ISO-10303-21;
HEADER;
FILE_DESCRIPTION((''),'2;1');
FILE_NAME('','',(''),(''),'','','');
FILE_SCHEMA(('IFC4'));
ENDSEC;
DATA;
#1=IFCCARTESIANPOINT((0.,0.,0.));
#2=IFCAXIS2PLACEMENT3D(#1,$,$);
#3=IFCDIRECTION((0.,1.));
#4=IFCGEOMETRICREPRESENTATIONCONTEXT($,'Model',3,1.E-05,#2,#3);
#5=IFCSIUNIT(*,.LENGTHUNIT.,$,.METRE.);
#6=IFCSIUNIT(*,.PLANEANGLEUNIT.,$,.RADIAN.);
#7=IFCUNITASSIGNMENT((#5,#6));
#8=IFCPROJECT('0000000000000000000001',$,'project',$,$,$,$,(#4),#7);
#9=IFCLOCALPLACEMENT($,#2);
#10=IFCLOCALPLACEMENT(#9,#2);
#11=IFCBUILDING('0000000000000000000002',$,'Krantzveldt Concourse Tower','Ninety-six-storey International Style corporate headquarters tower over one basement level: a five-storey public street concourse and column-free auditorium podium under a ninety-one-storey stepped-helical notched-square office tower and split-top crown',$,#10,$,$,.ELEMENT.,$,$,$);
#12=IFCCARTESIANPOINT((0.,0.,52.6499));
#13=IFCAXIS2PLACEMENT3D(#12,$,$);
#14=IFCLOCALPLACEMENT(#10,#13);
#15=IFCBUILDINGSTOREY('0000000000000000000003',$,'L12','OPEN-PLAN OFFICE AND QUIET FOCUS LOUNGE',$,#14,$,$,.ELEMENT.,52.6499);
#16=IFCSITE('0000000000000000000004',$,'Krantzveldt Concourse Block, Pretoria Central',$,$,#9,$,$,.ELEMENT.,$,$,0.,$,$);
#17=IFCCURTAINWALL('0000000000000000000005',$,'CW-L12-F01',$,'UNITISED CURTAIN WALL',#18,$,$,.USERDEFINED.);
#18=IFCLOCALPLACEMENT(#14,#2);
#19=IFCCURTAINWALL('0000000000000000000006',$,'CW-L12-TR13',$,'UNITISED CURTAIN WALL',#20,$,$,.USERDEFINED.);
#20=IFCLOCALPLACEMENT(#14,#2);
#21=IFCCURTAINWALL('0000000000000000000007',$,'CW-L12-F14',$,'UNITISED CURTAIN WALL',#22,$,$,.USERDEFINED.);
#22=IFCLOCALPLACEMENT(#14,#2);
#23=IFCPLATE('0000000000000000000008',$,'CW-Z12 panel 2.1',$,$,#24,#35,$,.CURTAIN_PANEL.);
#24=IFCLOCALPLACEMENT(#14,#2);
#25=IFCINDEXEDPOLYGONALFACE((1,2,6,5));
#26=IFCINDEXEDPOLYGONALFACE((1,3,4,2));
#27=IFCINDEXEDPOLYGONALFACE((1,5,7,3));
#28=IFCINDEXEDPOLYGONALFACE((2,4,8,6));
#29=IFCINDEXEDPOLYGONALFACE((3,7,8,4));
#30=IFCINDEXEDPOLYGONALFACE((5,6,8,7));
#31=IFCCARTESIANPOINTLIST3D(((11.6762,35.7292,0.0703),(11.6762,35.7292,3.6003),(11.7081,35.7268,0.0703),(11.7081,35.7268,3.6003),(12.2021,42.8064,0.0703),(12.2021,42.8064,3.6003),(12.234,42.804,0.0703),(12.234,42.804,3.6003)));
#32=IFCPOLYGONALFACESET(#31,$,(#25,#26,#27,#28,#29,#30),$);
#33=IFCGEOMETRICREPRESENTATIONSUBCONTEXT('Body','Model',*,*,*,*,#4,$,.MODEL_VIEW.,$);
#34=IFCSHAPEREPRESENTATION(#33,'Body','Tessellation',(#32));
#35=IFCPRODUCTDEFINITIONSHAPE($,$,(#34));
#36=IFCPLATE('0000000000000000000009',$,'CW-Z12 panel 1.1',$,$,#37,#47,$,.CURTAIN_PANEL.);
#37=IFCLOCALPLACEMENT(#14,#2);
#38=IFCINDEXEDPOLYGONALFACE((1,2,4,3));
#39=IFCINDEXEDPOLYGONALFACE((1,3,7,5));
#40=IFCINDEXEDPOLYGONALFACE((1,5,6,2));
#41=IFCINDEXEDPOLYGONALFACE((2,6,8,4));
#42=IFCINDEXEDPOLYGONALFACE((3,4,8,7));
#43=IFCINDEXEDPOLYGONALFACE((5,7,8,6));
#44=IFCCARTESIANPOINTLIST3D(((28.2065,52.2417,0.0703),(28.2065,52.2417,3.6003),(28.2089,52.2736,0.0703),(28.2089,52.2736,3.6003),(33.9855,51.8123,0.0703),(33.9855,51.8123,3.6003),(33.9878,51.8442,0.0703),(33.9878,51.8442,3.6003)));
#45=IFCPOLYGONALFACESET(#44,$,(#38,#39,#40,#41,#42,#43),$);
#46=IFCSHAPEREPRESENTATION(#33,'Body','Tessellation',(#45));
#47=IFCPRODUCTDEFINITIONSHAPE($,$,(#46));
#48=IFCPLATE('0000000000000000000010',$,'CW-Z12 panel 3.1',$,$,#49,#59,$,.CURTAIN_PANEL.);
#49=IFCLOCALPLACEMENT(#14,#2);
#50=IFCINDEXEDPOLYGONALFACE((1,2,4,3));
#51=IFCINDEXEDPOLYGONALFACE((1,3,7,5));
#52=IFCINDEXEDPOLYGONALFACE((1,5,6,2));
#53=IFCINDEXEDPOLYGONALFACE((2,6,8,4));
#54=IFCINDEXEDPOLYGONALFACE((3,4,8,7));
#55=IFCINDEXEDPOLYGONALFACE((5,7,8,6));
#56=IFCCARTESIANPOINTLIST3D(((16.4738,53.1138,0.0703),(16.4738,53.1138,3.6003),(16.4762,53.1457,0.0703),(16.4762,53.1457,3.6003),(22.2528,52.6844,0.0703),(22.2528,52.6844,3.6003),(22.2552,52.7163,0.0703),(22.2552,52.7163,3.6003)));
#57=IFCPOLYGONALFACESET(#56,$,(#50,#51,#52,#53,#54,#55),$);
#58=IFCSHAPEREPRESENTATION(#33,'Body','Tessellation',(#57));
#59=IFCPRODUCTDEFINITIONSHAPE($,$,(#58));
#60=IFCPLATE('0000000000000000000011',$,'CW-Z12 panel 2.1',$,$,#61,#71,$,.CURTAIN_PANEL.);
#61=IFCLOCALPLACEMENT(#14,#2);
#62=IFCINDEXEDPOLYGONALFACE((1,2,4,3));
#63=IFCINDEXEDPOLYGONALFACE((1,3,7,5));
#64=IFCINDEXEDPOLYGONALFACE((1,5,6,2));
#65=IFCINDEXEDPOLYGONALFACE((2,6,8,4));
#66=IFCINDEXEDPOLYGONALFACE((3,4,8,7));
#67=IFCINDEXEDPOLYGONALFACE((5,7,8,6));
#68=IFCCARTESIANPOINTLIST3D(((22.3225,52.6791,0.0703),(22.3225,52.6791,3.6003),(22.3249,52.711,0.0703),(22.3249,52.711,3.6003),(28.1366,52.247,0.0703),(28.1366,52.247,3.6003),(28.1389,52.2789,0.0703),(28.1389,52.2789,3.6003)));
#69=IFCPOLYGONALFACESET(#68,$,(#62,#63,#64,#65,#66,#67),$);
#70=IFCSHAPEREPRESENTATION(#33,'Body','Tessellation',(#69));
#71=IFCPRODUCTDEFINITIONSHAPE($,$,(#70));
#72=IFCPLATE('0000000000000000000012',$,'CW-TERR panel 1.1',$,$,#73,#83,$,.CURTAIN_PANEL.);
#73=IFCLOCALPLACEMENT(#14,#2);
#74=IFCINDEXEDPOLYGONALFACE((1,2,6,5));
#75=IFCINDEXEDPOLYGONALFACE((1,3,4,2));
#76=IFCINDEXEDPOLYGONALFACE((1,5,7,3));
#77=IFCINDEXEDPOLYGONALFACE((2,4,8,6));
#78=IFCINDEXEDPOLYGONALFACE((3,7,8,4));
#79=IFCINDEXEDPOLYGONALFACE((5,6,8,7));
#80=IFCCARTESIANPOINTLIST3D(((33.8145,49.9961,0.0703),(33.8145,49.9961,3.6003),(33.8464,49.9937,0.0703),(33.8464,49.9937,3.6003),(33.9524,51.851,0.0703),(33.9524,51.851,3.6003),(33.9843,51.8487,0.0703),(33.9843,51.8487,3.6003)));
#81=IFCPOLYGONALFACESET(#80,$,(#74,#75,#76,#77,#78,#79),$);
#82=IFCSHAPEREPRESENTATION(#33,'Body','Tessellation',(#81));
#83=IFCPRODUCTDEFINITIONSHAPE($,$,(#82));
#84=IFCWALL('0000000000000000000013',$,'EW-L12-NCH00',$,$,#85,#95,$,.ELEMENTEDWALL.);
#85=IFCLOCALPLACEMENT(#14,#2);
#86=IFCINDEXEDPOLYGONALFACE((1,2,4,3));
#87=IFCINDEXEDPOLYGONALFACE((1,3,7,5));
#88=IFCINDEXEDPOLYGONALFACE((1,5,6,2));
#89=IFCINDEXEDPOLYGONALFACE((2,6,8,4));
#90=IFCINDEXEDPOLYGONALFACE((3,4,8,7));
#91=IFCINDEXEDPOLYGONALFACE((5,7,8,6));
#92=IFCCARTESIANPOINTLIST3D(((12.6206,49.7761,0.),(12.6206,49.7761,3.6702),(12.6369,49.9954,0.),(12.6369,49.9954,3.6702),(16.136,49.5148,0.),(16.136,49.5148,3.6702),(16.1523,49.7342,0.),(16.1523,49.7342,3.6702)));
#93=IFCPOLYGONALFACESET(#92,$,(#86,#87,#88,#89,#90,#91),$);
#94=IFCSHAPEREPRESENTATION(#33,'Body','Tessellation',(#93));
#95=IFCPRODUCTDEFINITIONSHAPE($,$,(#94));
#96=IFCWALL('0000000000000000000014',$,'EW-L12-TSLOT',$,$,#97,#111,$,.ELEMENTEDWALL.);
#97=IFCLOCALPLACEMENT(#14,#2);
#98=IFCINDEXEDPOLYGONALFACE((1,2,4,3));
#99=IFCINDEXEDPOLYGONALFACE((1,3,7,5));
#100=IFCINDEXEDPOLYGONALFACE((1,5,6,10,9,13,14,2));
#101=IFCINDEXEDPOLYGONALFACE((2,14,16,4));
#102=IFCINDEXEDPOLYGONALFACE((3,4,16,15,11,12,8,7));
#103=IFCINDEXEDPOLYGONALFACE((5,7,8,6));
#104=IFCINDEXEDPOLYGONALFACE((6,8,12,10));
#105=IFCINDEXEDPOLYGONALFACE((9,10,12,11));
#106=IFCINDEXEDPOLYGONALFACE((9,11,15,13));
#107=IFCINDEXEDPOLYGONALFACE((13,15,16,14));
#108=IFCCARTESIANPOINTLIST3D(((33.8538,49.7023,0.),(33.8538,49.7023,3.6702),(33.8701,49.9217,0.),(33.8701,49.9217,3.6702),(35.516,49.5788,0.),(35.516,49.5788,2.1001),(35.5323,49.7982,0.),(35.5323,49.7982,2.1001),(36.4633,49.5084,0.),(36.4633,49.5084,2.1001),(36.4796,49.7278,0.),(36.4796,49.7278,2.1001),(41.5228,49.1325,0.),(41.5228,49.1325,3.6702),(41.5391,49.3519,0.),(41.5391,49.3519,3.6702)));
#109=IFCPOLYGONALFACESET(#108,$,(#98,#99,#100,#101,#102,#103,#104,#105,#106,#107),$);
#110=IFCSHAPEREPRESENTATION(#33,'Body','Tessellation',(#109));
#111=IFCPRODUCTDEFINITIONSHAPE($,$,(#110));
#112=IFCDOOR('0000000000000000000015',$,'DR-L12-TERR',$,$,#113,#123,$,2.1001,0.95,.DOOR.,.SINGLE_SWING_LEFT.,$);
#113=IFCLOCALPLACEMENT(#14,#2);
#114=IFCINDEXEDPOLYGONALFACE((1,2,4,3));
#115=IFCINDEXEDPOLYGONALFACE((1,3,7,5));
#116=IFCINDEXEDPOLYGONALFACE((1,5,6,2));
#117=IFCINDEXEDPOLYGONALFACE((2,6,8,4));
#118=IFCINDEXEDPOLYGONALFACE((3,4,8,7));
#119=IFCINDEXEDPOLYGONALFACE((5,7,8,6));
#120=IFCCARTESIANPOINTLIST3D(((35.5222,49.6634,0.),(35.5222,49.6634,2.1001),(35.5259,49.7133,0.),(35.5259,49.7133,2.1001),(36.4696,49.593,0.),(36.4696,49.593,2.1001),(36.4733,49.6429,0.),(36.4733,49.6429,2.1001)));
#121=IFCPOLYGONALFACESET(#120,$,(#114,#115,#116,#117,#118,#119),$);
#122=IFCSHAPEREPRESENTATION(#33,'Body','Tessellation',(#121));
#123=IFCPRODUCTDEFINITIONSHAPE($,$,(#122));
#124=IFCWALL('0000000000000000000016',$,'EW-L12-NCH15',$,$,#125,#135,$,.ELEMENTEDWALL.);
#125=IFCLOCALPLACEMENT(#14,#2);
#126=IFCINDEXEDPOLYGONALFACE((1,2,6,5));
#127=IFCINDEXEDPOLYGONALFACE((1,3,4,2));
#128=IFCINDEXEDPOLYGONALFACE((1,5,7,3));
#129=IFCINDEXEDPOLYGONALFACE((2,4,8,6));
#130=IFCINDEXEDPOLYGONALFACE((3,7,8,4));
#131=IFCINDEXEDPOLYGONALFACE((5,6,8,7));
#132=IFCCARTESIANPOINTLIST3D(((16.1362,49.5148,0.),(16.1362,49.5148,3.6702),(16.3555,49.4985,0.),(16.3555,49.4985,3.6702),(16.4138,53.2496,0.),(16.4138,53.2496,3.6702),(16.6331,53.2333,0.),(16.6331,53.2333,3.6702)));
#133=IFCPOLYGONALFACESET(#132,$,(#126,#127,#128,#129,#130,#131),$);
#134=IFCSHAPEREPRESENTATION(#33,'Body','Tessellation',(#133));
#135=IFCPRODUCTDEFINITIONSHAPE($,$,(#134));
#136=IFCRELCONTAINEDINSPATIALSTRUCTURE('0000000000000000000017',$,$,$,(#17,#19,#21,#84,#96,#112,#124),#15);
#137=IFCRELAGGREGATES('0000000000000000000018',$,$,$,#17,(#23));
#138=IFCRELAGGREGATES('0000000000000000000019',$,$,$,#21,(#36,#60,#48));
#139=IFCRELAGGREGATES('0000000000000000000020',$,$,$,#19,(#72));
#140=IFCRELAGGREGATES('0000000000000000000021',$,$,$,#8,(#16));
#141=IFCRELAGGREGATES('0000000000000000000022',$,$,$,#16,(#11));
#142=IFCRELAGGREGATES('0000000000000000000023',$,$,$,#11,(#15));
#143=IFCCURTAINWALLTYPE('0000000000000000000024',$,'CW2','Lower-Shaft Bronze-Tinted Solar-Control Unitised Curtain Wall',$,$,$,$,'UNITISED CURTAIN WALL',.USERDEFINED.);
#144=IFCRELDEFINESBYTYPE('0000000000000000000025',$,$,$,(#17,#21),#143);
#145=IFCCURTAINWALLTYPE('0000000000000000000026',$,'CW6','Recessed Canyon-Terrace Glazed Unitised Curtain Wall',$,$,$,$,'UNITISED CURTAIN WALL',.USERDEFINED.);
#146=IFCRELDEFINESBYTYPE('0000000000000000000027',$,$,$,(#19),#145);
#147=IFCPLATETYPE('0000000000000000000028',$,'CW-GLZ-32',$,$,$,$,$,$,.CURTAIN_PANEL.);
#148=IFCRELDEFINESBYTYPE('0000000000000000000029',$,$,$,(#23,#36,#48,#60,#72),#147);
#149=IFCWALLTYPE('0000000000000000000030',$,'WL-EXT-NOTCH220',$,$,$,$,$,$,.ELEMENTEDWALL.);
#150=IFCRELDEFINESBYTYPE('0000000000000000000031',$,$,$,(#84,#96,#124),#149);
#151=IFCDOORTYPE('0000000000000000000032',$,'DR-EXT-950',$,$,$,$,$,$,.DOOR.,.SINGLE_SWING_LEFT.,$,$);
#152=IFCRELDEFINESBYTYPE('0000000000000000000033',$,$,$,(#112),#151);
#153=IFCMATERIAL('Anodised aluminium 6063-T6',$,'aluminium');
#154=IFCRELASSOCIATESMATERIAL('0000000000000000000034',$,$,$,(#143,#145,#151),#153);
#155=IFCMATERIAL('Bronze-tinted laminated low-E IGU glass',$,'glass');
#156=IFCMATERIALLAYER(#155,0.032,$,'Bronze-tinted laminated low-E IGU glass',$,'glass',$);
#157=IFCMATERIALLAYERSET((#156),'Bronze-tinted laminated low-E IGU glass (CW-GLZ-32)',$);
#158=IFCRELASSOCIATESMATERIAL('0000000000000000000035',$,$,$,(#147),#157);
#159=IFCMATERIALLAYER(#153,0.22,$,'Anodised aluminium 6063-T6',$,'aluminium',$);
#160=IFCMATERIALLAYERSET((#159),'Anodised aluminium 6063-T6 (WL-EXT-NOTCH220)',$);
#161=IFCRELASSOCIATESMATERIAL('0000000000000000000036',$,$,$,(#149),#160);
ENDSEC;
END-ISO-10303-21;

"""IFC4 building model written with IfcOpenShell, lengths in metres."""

from ifc_helpers import new_model, si_unit, direction, frame, frame_2d, origin, origin_2d, place, context, subcontext, project, spatial, rectangle, extrude, source, transform, mapped, material, layer, layer_set, type_object, element, fill, aggregate, save


model = new_model("IFC4")

# Units and contexts
model_context = context("Model", 3, precision=1e-05, world=origin(), true_north=direction((0.0, 1.0)))
body_context = subcontext(model_context, "Body", "Model", "MODEL_VIEW")
ifc_project = project(units=[si_unit("LENGTHUNIT", "METRE"), si_unit("PLANEANGLEUNIT", "RADIAN")], contexts=[model_context])

# Site, building, storey
site_placement = place(None, origin())
site = spatial("IfcSite", under=ifc_project, at=site_placement, Name="Krantzveldt Concourse Block, Pretoria Central", CompositionType="ELEMENT", RefElevation=0.0)
building_placement = place(site_placement, origin())
building = spatial("IfcBuilding", under=site, at=building_placement, Name="Krantzveldt Concourse Tower", Description="Ninety-six-storey International Style corporate headquarters tower over one basement level: a five-storey public street concourse and column-free auditorium podium under a ninety-one-storey stepped-helical notched-square office tower and split-top crown", CompositionType="ELEMENT")
storey_placement = place(building_placement, frame((0.0, 0.0, 52.6499)))
storey = spatial("IfcBuildingStorey", under=building, at=storey_placement, Name="L12", Description="OPEN-PLAN OFFICE AND QUIET FOCUS LOUNGE", CompositionType="ELEMENT", Elevation=52.6499)

# Curtain walls
ifc_material_1 = material(Name="Anodised aluminium 6063-T6", Category="aluminium")
curtain_wall_type_1 = type_object("IfcCurtainWallType", Name="CW2", Description="Lower-Shaft Bronze-Tinted Solar-Control Unitised Curtain Wall", ElementType="UNITISED CURTAIN WALL", PredefinedType="USERDEFINED", material=ifc_material_1)
curtain_wall_1_placement = place(storey_placement, origin())
curtain_wall_1 = element("IfcCurtainWall", 1, at=curtain_wall_1_placement, inside=storey, type_object=curtain_wall_type_1, Name="CW-L12-F01", ObjectType="UNITISED CURTAIN WALL", PredefinedType="USERDEFINED")
curtain_wall_type_2 = type_object("IfcCurtainWallType", Name="CW6", Description="Recessed Canyon-Terrace Glazed Unitised Curtain Wall", ElementType="UNITISED CURTAIN WALL", PredefinedType="USERDEFINED", material=ifc_material_1)
curtain_wall_2_placement = place(storey_placement, origin())
curtain_wall_2 = element("IfcCurtainWall", 2, at=curtain_wall_2_placement, inside=storey, type_object=curtain_wall_type_2, Name="CW-L12-TR13", ObjectType="UNITISED CURTAIN WALL", PredefinedType="USERDEFINED")
curtain_wall_3_placement = place(storey_placement, origin())
curtain_wall_3 = element("IfcCurtainWall", 3, at=curtain_wall_3_placement, inside=storey, type_object=curtain_wall_type_1, Name="CW-L12-F14", ObjectType="UNITISED CURTAIN WALL", PredefinedType="USERDEFINED")

# Plates
ifc_material_2 = material(Name="Bronze-tinted laminated low-E IGU glass", Category="glass")
ifc_layer_1 = layer(ifc_material_2, 0.032, Name="Bronze-tinted laminated low-E IGU glass", Category="glass")
ifc_layer_set_1 = layer_set([ifc_layer_1], Name="Bronze-tinted laminated low-E IGU glass (CW-GLZ-32)")
plate_type = type_object("IfcPlateType", Name="CW-GLZ-32", PredefinedType="CURTAIN_PANEL", material=ifc_layer_set_1)
shared_shape_1 = source(origin(), body_context, "Body", "SweptSolid", [
    extrude(rectangle(XDim=7.0967, YDim=0.032, at=origin_2d()), origin(), (0.0, 0.0, 1.0), 3.53),
])
plate_1_placement = place(storey_placement, frame((11.9551, 39.2666, 0.0703), z_axis=(0.0, 0.0, 1.0), x_axis=(-0.074109, -0.99725, 0.0)))
plate_1 = element("IfcPlate", 4, at=plate_1_placement, type_object=plate_type, Name="CW-Z12 panel 2.1", PredefinedType="CURTAIN_PANEL", context=body_context, shape_type="MappedRepresentation", body=[
    mapped(shared_shape_1, transform((0.0, 0.0, 0.0), x_axis=(1.0, 0.0, 0.0), y_axis=(0.0, 1.0, 0.0), z_axis=(0.0, 0.0, 1.0), scale=1.0)),
])
aggregate(curtain_wall_1, [plate_1])
shared_shape_2 = source(origin(), body_context, "Body", "SweptSolid", [
    extrude(rectangle(XDim=5.7949, YDim=0.032, at=origin_2d()), origin(), (0.0, 0.0, 1.0), 3.53),
])
plate_2_placement = place(storey_placement, frame((31.0972, 52.043, 0.0703), z_axis=(0.0, 0.0, 1.0), x_axis=(-0.99725, 0.074108, 0.0)))
plate_2 = element("IfcPlate", 5, at=plate_2_placement, type_object=plate_type, Name="CW-Z12 panel 1.1", PredefinedType="CURTAIN_PANEL", context=body_context, shape_type="MappedRepresentation", body=[
    mapped(shared_shape_2, transform((0.0, 0.0, 0.0), x_axis=(1.0, 0.0, 0.0), y_axis=(0.0, 1.0, 0.0), z_axis=(0.0, 0.0, 1.0), scale=1.0)),
])
plate_3_placement = place(storey_placement, frame((19.3645, 52.915, 0.0703), z_axis=(0.0, 0.0, 1.0), x_axis=(-0.99725, 0.074108, 0.0)))
plate_3 = element("IfcPlate", 6, at=plate_3_placement, type_object=plate_type, Name="CW-Z12 panel 3.1", PredefinedType="CURTAIN_PANEL", context=body_context, shape_type="MappedRepresentation", body=[
    mapped(shared_shape_2, transform((0.0, 0.0, 0.0), x_axis=(1.0, 0.0, 0.0), y_axis=(0.0, 1.0, 0.0), z_axis=(0.0, 0.0, 1.0), scale=1.0)),
])
shared_shape_3 = source(origin(), body_context, "Body", "SweptSolid", [
    extrude(rectangle(XDim=5.8301, YDim=0.032, at=origin_2d()), origin(), (0.0, 0.0, 1.0), 3.53),
])
plate_4_placement = place(storey_placement, frame((25.2307, 52.479, 0.0703), z_axis=(0.0, 0.0, 1.0), x_axis=(-0.99725, 0.074108, 0.0)))
plate_4 = element("IfcPlate", 7, at=plate_4_placement, type_object=plate_type, Name="CW-Z12 panel 2.1", PredefinedType="CURTAIN_PANEL", context=body_context, shape_type="MappedRepresentation", body=[
    mapped(shared_shape_3, transform((0.0, 0.0, 0.0), x_axis=(1.0, 0.0, 0.0), y_axis=(0.0, 1.0, 0.0), z_axis=(0.0, 0.0, 1.0), scale=1.0)),
])
aggregate(curtain_wall_3, [plate_2, plate_4, plate_3])
shared_shape_4 = source(origin(), body_context, "Body", "SweptSolid", [
    extrude(rectangle(XDim=1.8601, YDim=0.032, at=origin_2d()), origin(), (0.0, 0.0, 1.0), 3.53),
])
plate_5_placement = place(storey_placement, frame((33.8994, 50.9224, 0.0703), z_axis=(0.0, 0.0, 1.0), x_axis=(0.07411, 0.99725, 0.0)))
plate_5 = element("IfcPlate", 8, at=plate_5_placement, type_object=plate_type, Name="CW-TERR panel 1.1", PredefinedType="CURTAIN_PANEL", context=body_context, shape_type="MappedRepresentation", body=[
    mapped(shared_shape_4, transform((0.0, 0.0, 0.0), x_axis=(1.0, 0.0, 0.0), y_axis=(0.0, 1.0, 0.0), z_axis=(0.0, 0.0, 1.0), scale=1.0)),
])
aggregate(curtain_wall_2, [plate_5])

# Wall
ifc_layer_2 = layer(ifc_material_1, 0.22, Name="Anodised aluminium 6063-T6", Category="aluminium")
ifc_layer_set_2 = layer_set([ifc_layer_2], Name="Anodised aluminium 6063-T6 (WL-EXT-NOTCH220)")
wall_type = type_object("IfcWallType", Name="WL-EXT-NOTCH220", PredefinedType="ELEMENTEDWALL", material=ifc_layer_set_2)
wall_1_placement = place(storey_placement, frame((16.1443, 49.6245, 0.0), z_axis=(0.0, 0.0, 1.0), x_axis=(-0.99725, 0.074106, 0.0)))
element("IfcWall", 9, at=wall_1_placement, inside=storey, type_object=wall_type, Name="EW-L12-NCH00", PredefinedType="ELEMENTEDWALL", context=body_context, shape_type="SweptSolid", body=[
    extrude(rectangle(XDim=3.5251, YDim=0.22, at=frame_2d((1.7627, 0.0))), origin(), (0.0, 0.0, 1.0), 3.6702),
])

# Wall, opening, door
wall_2_placement = place(storey_placement, frame((33.8618, 49.812, 0.0), z_axis=(0.0, 0.0, 1.0), x_axis=(0.997251, -0.074099, 0.0)))
wall_2 = element("IfcWall", 10, at=wall_2_placement, inside=storey, type_object=wall_type, Name="EW-L12-TSLOT", PredefinedType="ELEMENTEDWALL", context=body_context, shape_type="SweptSolid", body=[
    extrude(rectangle(XDim=7.6902, YDim=0.22, at=frame_2d((3.8452, 0.0))), origin(), (0.0, 0.0, 1.0), 3.6702),
])
opening_placement = place(wall_2_placement, frame((1.6667, 0.0, 0.0)))
opening = element("IfcOpeningElement", 11, at=opening_placement, cuts=wall_2, PredefinedType="OPENING", context=body_context, shape_type="SweptSolid", body=[
    extrude(rectangle(XDim=0.95, YDim=2.1001, at=frame_2d((0.4751, 1.05))), frame((0.0, 0.1201, 0.0), z_axis=(0.0, -1.0, 0.0), x_axis=(1.0, 0.0, 0.0)), (0.0, 0.0, 1.0), 0.24),
])
door_type = type_object("IfcDoorType", Name="DR-EXT-950", OperationType="SINGLE_SWING_LEFT", PredefinedType="DOOR", material=ifc_material_1)
door_placement = place(opening_placement, origin())
door = element("IfcDoor", 12, at=door_placement, inside=storey, type_object=door_type, Name="DR-L12-TERR", OperationType="SINGLE_SWING_LEFT", OverallHeight=2.1001, OverallWidth=0.95, PredefinedType="DOOR", context=body_context, shape_type="SweptSolid", body=[
    extrude(rectangle(XDim=0.95, YDim=2.1001, at=frame_2d((0.4751, 1.05))), frame((0.0, 0.0249, 0.0), z_axis=(0.0, -1.0, 0.0), x_axis=(1.0, 0.0, 0.0)), (0.0, 0.0, 1.0), 0.05),
])
fill(opening, door)

# Wall
wall_3_placement = place(storey_placement, frame((16.5234, 53.2415, 0.0), z_axis=(0.0, 0.0, 1.0), x_axis=(-0.074119, -0.997249, 0.0)))
element("IfcWall", 13, at=wall_3_placement, inside=storey, type_object=wall_type, Name="EW-L12-NCH15", PredefinedType="ELEMENTEDWALL", context=body_context, shape_type="SweptSolid", body=[
    extrude(rectangle(XDim=3.7451, YDim=0.22, at=frame_2d((1.8726, 0.0))), origin(), (0.0, 0.0, 1.0), 3.6702),
])

save(model, "model.ifc")
